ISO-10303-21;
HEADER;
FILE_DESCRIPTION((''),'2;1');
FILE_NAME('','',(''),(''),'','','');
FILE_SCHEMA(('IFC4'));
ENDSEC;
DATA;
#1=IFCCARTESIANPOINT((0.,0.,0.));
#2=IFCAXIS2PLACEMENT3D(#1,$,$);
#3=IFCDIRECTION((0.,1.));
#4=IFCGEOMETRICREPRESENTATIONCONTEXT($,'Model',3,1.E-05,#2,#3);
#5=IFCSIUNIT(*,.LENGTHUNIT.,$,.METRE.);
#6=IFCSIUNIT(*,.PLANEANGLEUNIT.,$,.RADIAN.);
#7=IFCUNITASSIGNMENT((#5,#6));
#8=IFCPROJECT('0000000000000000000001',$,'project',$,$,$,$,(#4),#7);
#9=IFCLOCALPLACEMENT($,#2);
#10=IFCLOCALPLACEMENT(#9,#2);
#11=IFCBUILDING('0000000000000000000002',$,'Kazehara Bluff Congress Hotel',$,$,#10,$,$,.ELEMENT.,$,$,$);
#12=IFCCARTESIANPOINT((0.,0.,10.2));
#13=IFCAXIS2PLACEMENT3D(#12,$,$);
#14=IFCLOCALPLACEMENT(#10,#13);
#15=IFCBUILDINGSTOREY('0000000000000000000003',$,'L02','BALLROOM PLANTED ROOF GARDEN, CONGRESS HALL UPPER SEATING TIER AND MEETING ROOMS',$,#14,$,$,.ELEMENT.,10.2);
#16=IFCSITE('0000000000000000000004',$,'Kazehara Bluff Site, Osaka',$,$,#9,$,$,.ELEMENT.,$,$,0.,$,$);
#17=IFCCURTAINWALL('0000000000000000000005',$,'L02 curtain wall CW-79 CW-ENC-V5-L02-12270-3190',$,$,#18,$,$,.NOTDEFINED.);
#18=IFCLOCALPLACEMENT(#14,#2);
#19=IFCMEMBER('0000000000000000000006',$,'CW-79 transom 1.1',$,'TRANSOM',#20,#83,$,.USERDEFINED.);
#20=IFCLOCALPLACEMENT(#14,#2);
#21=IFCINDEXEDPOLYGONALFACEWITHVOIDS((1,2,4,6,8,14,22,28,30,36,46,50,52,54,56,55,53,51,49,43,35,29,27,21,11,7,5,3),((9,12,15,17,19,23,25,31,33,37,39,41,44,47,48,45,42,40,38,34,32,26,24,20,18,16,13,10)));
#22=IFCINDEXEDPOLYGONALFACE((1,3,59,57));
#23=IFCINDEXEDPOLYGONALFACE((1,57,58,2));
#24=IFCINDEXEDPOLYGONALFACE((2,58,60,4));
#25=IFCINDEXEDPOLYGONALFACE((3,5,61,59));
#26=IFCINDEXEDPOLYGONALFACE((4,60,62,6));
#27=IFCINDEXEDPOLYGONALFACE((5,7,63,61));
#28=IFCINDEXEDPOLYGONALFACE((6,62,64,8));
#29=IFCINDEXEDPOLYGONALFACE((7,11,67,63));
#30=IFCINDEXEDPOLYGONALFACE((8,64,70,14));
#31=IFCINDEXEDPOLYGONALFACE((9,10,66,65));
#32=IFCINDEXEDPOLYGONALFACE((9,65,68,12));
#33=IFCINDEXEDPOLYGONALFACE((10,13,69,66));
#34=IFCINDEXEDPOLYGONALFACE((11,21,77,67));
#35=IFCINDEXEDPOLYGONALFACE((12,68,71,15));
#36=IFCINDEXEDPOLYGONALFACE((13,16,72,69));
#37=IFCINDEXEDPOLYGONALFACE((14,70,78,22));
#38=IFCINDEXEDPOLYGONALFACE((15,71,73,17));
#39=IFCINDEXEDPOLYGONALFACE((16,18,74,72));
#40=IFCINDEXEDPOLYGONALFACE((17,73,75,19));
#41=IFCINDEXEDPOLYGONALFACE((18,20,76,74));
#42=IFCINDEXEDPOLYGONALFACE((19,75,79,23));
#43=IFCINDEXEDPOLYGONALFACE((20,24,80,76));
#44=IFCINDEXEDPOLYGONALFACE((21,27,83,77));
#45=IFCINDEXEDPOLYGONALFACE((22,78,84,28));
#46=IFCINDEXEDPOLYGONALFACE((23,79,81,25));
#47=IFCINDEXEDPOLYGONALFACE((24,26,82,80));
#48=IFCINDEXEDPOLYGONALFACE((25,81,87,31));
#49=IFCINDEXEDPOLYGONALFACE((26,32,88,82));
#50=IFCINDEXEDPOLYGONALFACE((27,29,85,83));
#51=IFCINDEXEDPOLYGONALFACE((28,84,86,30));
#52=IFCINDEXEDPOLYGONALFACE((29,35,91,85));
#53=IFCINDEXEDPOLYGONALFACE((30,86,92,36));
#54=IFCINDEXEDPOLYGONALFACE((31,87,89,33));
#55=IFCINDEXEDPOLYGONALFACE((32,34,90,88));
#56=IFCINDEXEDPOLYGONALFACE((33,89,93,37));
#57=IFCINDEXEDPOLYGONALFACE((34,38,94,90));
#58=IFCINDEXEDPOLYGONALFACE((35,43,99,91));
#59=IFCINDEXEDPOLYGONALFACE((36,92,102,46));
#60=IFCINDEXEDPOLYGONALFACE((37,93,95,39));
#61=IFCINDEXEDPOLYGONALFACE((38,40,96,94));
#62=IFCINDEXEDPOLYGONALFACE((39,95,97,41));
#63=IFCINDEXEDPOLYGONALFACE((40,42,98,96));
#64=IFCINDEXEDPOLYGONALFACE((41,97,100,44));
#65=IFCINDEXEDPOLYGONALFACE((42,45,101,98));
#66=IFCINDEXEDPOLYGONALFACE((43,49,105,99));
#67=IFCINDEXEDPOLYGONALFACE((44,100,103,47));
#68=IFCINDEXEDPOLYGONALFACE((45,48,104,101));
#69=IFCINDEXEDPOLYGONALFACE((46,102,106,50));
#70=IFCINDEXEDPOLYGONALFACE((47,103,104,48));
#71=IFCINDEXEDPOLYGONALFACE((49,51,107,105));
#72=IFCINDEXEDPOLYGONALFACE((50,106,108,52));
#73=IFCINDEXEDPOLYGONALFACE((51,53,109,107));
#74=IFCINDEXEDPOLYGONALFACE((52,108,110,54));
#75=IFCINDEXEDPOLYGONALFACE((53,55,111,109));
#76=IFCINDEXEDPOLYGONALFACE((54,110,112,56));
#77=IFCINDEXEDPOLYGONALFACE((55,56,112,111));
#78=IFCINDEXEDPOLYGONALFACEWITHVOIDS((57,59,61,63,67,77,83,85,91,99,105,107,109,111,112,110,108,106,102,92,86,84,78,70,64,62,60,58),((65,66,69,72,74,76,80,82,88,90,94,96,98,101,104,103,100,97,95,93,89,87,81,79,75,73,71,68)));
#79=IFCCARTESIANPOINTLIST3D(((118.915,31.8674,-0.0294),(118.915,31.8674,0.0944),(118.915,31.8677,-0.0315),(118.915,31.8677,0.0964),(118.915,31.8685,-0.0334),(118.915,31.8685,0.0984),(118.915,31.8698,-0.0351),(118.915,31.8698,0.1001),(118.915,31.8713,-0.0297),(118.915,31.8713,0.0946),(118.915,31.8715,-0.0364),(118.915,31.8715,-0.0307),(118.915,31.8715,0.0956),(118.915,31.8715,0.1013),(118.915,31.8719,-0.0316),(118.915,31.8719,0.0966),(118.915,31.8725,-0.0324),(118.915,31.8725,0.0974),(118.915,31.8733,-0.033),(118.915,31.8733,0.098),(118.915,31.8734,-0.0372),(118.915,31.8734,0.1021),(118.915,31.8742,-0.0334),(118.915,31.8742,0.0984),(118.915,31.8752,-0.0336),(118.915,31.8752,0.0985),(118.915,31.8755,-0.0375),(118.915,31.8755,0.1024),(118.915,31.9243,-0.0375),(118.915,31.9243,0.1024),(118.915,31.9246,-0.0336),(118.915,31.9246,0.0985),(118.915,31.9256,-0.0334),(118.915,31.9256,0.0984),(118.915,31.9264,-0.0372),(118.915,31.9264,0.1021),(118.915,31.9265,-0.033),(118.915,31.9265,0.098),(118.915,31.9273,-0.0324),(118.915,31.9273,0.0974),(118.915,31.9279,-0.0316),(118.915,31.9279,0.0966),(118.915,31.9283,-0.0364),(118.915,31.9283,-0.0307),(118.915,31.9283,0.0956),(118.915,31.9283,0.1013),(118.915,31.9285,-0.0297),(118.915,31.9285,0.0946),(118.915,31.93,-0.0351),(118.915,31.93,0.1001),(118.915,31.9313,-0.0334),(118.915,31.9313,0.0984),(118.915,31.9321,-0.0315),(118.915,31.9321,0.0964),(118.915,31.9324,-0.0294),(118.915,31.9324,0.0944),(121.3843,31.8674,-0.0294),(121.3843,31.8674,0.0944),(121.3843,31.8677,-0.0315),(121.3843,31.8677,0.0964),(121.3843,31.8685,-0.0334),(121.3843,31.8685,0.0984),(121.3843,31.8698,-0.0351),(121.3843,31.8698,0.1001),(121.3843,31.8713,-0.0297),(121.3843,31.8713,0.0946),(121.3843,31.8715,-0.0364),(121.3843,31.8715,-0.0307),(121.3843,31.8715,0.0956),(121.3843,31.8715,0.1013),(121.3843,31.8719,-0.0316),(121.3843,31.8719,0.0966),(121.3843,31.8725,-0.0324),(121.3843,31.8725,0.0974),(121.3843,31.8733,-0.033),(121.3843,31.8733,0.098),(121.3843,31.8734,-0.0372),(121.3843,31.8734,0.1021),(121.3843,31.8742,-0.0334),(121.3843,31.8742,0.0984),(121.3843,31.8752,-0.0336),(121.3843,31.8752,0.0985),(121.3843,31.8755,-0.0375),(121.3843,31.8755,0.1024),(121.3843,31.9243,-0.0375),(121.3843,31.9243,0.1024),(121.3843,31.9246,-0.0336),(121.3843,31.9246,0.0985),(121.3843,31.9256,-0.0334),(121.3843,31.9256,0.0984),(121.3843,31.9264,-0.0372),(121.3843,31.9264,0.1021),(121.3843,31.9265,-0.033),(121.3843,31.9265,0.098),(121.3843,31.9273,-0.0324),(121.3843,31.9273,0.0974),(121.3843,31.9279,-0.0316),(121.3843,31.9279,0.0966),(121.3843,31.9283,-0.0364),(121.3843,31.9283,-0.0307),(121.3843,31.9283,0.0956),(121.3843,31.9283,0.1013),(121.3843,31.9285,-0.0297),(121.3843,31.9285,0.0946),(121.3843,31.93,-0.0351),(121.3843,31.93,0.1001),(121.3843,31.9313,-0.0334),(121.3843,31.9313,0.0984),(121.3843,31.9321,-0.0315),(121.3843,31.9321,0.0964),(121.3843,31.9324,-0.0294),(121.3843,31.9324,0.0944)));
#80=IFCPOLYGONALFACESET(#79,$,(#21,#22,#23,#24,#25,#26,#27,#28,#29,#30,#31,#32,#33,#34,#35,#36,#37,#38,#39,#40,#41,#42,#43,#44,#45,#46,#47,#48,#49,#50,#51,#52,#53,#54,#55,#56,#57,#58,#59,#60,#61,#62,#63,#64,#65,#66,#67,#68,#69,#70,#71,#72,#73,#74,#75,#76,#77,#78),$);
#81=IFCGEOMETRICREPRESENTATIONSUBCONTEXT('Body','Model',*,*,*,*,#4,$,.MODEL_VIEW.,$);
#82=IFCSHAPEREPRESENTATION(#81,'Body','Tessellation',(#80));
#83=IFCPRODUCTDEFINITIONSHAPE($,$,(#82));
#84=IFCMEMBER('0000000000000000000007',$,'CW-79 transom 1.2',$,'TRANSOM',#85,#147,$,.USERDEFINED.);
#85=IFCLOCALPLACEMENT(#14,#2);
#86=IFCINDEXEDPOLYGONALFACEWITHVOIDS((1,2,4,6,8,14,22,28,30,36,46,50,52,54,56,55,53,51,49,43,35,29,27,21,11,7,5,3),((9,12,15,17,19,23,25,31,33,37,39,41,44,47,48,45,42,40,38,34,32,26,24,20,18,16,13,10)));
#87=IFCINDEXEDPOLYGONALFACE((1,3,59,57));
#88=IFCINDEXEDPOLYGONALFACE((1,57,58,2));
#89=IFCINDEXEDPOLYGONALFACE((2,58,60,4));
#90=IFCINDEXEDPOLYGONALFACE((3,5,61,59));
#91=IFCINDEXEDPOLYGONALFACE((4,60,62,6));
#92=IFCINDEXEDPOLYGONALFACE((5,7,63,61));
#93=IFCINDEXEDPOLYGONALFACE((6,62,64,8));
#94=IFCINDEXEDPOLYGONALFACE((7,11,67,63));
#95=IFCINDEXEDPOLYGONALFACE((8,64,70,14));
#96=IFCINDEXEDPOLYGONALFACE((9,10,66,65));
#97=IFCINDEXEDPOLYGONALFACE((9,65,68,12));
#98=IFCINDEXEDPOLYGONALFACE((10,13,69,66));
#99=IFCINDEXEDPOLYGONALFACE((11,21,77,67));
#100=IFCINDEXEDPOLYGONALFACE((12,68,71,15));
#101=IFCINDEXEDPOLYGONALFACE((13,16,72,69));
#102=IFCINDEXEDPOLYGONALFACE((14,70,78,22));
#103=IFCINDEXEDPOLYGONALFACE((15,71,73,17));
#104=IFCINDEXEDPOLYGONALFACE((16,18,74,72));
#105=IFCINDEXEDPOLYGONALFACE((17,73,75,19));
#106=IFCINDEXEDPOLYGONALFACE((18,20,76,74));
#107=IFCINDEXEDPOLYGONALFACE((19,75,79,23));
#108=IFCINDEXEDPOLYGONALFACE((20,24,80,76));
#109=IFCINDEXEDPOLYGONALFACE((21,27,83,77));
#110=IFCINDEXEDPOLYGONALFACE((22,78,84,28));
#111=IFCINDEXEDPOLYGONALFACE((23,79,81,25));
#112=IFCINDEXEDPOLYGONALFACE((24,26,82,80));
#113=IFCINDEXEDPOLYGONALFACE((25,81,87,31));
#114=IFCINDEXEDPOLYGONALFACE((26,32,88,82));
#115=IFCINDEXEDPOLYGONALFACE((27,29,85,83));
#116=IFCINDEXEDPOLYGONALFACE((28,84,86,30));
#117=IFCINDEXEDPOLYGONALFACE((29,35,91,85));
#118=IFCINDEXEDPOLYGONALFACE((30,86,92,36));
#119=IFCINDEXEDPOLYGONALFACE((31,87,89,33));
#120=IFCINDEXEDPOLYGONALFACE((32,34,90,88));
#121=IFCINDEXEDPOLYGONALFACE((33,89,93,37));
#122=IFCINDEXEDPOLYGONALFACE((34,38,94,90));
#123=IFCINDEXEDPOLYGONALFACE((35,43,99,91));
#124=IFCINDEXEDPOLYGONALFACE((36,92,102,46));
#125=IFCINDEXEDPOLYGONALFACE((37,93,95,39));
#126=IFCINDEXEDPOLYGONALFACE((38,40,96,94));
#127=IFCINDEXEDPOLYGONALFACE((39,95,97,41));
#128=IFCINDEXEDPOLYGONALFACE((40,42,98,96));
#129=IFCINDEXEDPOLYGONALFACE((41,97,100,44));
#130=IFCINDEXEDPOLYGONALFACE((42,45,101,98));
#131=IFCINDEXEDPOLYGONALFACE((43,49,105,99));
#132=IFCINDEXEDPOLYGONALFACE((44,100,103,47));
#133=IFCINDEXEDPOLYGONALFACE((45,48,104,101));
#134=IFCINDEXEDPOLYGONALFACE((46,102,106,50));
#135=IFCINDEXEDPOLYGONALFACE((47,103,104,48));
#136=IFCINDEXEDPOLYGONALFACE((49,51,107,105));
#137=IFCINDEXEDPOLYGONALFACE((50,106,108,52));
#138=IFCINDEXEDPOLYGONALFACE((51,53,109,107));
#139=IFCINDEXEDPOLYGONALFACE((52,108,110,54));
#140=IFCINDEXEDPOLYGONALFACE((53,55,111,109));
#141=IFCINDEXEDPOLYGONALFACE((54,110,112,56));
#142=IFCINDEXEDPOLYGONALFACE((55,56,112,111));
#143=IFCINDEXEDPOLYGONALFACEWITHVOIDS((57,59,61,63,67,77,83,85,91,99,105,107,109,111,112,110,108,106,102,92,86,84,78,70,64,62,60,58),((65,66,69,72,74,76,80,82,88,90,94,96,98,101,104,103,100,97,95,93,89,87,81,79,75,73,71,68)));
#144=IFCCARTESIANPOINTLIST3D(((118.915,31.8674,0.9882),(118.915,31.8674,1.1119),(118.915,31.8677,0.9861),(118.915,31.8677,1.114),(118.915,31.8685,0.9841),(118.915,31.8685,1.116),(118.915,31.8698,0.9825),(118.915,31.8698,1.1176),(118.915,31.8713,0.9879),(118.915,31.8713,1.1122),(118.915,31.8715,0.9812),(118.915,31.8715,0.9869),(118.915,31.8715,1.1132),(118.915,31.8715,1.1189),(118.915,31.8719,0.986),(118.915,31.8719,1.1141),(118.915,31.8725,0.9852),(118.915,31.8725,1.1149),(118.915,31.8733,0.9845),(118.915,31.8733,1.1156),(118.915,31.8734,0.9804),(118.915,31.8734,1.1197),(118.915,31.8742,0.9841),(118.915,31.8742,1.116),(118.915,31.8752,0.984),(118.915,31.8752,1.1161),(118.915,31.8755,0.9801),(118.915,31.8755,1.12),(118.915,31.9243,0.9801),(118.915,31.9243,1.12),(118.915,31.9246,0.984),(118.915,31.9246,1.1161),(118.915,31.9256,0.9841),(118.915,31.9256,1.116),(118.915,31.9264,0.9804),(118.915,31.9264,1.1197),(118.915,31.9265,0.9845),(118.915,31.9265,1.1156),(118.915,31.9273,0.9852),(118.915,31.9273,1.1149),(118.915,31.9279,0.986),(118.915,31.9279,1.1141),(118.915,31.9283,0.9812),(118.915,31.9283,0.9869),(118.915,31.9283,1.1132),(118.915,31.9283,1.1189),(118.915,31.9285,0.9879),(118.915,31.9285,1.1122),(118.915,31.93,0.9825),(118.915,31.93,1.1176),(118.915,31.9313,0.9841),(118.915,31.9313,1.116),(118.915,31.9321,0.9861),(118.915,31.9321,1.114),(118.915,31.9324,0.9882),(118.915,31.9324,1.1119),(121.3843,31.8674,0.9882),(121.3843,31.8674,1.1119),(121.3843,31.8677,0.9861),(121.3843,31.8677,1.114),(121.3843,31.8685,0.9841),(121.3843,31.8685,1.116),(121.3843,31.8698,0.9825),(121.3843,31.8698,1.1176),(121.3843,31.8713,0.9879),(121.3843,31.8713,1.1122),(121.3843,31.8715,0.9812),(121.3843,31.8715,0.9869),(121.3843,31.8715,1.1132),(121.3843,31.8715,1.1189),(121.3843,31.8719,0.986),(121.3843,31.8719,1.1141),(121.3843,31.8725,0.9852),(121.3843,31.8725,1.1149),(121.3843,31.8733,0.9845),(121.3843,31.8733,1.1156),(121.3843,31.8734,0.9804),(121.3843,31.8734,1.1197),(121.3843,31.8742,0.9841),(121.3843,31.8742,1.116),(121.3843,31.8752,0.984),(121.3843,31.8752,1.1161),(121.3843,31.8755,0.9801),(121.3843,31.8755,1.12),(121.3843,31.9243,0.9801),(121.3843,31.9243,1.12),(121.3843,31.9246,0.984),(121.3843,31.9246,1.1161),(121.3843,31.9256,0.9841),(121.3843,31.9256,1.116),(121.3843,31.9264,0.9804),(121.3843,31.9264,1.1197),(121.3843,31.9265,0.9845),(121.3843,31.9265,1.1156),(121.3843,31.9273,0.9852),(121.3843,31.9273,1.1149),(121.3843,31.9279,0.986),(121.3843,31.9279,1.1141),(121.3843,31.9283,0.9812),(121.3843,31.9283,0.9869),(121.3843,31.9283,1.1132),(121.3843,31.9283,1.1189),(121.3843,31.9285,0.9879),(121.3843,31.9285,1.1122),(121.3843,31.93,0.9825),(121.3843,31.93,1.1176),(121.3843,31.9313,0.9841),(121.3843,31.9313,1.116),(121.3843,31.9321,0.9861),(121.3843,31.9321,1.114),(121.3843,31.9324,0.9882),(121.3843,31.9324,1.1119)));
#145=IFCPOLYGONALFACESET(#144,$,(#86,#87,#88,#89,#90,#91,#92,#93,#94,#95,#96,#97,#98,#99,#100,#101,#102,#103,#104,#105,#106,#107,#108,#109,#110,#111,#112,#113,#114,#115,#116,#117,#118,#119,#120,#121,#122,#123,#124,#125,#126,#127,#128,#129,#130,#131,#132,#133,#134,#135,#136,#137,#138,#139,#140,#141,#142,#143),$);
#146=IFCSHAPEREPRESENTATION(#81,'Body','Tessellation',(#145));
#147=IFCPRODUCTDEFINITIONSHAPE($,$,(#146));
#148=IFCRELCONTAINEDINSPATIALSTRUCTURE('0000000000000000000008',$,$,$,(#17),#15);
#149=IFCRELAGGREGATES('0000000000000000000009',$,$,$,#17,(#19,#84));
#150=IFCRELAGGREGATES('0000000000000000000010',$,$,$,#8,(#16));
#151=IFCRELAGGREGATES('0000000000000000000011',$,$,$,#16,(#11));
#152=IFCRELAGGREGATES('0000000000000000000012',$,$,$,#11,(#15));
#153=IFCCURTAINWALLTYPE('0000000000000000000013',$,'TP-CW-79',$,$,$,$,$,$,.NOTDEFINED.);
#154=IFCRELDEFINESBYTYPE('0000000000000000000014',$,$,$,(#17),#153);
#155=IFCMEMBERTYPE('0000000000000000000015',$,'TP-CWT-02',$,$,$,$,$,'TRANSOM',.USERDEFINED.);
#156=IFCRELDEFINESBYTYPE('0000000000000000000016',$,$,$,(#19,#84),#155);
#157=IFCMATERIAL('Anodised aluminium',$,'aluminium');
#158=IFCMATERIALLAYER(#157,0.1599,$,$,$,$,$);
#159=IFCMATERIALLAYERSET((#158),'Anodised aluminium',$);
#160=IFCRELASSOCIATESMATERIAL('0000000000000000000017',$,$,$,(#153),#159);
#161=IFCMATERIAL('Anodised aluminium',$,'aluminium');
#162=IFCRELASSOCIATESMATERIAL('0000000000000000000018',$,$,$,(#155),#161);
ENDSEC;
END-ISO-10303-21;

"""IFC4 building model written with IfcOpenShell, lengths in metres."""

from ifc_helpers import new_model, si_unit, direction, frame, origin, origin_2d, place, context, subcontext, project, spatial, hollow_rectangle, extrude, material, layer, layer_set, material_profile, profile_set, type_object, element, aggregate, save


model = new_model("IFC4")

# Units and contexts
model_context = context("Model", 3, precision=1e-05, world=origin(), true_north=direction((0.0, 1.0)))
body_context = subcontext(model_context, "Body", "Model", "MODEL_VIEW")
ifc_project = project(units=[si_unit("LENGTHUNIT", "METRE"), si_unit("PLANEANGLEUNIT", "RADIAN")], contexts=[model_context])

# Site, building, storey
site_placement = place(None, origin())
site = spatial("IfcSite", under=ifc_project, at=site_placement, Name="Kazehara Bluff Site, Osaka", CompositionType="ELEMENT", RefElevation=0.0)
building_placement = place(site_placement, origin())
building = spatial("IfcBuilding", under=site, at=building_placement, Name="Kazehara Bluff Congress Hotel", CompositionType="ELEMENT")
storey_placement = place(building_placement, frame((0.0, 0.0, 10.2)))
storey = spatial("IfcBuildingStorey", under=building, at=storey_placement, Name="L02", Description="BALLROOM PLANTED ROOF GARDEN, CONGRESS HALL UPPER SEATING TIER AND MEETING ROOMS", CompositionType="ELEMENT", Elevation=10.2)

# Curtain wall
ifc_material_1 = material(Name="Anodised aluminium", Category="aluminium")
ifc_layer_1 = layer(ifc_material_1, 0.1599)
ifc_layer_set_1 = layer_set([ifc_layer_1], Name="Anodised aluminium")
curtain_wall_type_1 = type_object("IfcCurtainWallType", Name="TP-CW-79", PredefinedType="NOTDEFINED", material=ifc_layer_set_1)
curtain_wall_1_placement = place(storey_placement, origin())
curtain_wall_1 = element("IfcCurtainWall", 1, at=curtain_wall_1_placement, inside=storey, type_object=curtain_wall_type_1, Name="L02 curtain wall CW-79 CW-ENC-V5-L02-12270-3190", PredefinedType="NOTDEFINED")

# Members
ifc_material_2 = material(Name="Anodised aluminium", Category="aluminium")
ifc_material_profile_1 = material_profile(ifc_material_2, hollow_rectangle(XDim=0.0649, YDim=0.1399, WallThickness=0.0039, InnerFilletRadius=0.0039, OuterFilletRadius=0.0081, at=origin_2d()))
ifc_profile_set_1 = profile_set([ifc_material_profile_1], Name="Anodised aluminium")
member_type_1 = type_object("IfcMemberType", Name="TP-CWT-02", ElementType="TRANSOM", PredefinedType="USERDEFINED", material=ifc_profile_set_1)
member_1_placement = place(storey_placement, frame((118.915, 31.8999, 0.0325), z_axis=(1.0, 0.0, 0.0), x_axis=(0.0, 1.0, 0.0)))
member_1 = element("IfcMember", 2, at=member_1_placement, type_object=member_type_1, Name="CW-79 transom 1.1", ObjectType="TRANSOM", PredefinedType="USERDEFINED", context=body_context, shape_type="SweptSolid", body=[
    extrude(hollow_rectangle(XDim=0.0649, YDim=0.1399, WallThickness=0.0039, InnerFilletRadius=0.0039, OuterFilletRadius=0.0081, at=origin_2d()), origin(), (0.0, 0.0, 1.0), 2.4692),
])
member_2_placement = place(storey_placement, frame((118.915, 31.8999, 1.05), z_axis=(1.0, 0.0, 0.0), x_axis=(0.0, 1.0, 0.0)))
member_2 = element("IfcMember", 3, at=member_2_placement, type_object=member_type_1, Name="CW-79 transom 1.2", ObjectType="TRANSOM", PredefinedType="USERDEFINED", context=body_context, shape_type="SweptSolid", body=[
    extrude(hollow_rectangle(XDim=0.0649, YDim=0.1399, WallThickness=0.0039, InnerFilletRadius=0.0039, OuterFilletRadius=0.0081, at=origin_2d()), origin(), (0.0, 0.0, 1.0), 2.4692),
])

aggregate(curtain_wall_1, [member_1, member_2])

save(model, "model.ifc")
